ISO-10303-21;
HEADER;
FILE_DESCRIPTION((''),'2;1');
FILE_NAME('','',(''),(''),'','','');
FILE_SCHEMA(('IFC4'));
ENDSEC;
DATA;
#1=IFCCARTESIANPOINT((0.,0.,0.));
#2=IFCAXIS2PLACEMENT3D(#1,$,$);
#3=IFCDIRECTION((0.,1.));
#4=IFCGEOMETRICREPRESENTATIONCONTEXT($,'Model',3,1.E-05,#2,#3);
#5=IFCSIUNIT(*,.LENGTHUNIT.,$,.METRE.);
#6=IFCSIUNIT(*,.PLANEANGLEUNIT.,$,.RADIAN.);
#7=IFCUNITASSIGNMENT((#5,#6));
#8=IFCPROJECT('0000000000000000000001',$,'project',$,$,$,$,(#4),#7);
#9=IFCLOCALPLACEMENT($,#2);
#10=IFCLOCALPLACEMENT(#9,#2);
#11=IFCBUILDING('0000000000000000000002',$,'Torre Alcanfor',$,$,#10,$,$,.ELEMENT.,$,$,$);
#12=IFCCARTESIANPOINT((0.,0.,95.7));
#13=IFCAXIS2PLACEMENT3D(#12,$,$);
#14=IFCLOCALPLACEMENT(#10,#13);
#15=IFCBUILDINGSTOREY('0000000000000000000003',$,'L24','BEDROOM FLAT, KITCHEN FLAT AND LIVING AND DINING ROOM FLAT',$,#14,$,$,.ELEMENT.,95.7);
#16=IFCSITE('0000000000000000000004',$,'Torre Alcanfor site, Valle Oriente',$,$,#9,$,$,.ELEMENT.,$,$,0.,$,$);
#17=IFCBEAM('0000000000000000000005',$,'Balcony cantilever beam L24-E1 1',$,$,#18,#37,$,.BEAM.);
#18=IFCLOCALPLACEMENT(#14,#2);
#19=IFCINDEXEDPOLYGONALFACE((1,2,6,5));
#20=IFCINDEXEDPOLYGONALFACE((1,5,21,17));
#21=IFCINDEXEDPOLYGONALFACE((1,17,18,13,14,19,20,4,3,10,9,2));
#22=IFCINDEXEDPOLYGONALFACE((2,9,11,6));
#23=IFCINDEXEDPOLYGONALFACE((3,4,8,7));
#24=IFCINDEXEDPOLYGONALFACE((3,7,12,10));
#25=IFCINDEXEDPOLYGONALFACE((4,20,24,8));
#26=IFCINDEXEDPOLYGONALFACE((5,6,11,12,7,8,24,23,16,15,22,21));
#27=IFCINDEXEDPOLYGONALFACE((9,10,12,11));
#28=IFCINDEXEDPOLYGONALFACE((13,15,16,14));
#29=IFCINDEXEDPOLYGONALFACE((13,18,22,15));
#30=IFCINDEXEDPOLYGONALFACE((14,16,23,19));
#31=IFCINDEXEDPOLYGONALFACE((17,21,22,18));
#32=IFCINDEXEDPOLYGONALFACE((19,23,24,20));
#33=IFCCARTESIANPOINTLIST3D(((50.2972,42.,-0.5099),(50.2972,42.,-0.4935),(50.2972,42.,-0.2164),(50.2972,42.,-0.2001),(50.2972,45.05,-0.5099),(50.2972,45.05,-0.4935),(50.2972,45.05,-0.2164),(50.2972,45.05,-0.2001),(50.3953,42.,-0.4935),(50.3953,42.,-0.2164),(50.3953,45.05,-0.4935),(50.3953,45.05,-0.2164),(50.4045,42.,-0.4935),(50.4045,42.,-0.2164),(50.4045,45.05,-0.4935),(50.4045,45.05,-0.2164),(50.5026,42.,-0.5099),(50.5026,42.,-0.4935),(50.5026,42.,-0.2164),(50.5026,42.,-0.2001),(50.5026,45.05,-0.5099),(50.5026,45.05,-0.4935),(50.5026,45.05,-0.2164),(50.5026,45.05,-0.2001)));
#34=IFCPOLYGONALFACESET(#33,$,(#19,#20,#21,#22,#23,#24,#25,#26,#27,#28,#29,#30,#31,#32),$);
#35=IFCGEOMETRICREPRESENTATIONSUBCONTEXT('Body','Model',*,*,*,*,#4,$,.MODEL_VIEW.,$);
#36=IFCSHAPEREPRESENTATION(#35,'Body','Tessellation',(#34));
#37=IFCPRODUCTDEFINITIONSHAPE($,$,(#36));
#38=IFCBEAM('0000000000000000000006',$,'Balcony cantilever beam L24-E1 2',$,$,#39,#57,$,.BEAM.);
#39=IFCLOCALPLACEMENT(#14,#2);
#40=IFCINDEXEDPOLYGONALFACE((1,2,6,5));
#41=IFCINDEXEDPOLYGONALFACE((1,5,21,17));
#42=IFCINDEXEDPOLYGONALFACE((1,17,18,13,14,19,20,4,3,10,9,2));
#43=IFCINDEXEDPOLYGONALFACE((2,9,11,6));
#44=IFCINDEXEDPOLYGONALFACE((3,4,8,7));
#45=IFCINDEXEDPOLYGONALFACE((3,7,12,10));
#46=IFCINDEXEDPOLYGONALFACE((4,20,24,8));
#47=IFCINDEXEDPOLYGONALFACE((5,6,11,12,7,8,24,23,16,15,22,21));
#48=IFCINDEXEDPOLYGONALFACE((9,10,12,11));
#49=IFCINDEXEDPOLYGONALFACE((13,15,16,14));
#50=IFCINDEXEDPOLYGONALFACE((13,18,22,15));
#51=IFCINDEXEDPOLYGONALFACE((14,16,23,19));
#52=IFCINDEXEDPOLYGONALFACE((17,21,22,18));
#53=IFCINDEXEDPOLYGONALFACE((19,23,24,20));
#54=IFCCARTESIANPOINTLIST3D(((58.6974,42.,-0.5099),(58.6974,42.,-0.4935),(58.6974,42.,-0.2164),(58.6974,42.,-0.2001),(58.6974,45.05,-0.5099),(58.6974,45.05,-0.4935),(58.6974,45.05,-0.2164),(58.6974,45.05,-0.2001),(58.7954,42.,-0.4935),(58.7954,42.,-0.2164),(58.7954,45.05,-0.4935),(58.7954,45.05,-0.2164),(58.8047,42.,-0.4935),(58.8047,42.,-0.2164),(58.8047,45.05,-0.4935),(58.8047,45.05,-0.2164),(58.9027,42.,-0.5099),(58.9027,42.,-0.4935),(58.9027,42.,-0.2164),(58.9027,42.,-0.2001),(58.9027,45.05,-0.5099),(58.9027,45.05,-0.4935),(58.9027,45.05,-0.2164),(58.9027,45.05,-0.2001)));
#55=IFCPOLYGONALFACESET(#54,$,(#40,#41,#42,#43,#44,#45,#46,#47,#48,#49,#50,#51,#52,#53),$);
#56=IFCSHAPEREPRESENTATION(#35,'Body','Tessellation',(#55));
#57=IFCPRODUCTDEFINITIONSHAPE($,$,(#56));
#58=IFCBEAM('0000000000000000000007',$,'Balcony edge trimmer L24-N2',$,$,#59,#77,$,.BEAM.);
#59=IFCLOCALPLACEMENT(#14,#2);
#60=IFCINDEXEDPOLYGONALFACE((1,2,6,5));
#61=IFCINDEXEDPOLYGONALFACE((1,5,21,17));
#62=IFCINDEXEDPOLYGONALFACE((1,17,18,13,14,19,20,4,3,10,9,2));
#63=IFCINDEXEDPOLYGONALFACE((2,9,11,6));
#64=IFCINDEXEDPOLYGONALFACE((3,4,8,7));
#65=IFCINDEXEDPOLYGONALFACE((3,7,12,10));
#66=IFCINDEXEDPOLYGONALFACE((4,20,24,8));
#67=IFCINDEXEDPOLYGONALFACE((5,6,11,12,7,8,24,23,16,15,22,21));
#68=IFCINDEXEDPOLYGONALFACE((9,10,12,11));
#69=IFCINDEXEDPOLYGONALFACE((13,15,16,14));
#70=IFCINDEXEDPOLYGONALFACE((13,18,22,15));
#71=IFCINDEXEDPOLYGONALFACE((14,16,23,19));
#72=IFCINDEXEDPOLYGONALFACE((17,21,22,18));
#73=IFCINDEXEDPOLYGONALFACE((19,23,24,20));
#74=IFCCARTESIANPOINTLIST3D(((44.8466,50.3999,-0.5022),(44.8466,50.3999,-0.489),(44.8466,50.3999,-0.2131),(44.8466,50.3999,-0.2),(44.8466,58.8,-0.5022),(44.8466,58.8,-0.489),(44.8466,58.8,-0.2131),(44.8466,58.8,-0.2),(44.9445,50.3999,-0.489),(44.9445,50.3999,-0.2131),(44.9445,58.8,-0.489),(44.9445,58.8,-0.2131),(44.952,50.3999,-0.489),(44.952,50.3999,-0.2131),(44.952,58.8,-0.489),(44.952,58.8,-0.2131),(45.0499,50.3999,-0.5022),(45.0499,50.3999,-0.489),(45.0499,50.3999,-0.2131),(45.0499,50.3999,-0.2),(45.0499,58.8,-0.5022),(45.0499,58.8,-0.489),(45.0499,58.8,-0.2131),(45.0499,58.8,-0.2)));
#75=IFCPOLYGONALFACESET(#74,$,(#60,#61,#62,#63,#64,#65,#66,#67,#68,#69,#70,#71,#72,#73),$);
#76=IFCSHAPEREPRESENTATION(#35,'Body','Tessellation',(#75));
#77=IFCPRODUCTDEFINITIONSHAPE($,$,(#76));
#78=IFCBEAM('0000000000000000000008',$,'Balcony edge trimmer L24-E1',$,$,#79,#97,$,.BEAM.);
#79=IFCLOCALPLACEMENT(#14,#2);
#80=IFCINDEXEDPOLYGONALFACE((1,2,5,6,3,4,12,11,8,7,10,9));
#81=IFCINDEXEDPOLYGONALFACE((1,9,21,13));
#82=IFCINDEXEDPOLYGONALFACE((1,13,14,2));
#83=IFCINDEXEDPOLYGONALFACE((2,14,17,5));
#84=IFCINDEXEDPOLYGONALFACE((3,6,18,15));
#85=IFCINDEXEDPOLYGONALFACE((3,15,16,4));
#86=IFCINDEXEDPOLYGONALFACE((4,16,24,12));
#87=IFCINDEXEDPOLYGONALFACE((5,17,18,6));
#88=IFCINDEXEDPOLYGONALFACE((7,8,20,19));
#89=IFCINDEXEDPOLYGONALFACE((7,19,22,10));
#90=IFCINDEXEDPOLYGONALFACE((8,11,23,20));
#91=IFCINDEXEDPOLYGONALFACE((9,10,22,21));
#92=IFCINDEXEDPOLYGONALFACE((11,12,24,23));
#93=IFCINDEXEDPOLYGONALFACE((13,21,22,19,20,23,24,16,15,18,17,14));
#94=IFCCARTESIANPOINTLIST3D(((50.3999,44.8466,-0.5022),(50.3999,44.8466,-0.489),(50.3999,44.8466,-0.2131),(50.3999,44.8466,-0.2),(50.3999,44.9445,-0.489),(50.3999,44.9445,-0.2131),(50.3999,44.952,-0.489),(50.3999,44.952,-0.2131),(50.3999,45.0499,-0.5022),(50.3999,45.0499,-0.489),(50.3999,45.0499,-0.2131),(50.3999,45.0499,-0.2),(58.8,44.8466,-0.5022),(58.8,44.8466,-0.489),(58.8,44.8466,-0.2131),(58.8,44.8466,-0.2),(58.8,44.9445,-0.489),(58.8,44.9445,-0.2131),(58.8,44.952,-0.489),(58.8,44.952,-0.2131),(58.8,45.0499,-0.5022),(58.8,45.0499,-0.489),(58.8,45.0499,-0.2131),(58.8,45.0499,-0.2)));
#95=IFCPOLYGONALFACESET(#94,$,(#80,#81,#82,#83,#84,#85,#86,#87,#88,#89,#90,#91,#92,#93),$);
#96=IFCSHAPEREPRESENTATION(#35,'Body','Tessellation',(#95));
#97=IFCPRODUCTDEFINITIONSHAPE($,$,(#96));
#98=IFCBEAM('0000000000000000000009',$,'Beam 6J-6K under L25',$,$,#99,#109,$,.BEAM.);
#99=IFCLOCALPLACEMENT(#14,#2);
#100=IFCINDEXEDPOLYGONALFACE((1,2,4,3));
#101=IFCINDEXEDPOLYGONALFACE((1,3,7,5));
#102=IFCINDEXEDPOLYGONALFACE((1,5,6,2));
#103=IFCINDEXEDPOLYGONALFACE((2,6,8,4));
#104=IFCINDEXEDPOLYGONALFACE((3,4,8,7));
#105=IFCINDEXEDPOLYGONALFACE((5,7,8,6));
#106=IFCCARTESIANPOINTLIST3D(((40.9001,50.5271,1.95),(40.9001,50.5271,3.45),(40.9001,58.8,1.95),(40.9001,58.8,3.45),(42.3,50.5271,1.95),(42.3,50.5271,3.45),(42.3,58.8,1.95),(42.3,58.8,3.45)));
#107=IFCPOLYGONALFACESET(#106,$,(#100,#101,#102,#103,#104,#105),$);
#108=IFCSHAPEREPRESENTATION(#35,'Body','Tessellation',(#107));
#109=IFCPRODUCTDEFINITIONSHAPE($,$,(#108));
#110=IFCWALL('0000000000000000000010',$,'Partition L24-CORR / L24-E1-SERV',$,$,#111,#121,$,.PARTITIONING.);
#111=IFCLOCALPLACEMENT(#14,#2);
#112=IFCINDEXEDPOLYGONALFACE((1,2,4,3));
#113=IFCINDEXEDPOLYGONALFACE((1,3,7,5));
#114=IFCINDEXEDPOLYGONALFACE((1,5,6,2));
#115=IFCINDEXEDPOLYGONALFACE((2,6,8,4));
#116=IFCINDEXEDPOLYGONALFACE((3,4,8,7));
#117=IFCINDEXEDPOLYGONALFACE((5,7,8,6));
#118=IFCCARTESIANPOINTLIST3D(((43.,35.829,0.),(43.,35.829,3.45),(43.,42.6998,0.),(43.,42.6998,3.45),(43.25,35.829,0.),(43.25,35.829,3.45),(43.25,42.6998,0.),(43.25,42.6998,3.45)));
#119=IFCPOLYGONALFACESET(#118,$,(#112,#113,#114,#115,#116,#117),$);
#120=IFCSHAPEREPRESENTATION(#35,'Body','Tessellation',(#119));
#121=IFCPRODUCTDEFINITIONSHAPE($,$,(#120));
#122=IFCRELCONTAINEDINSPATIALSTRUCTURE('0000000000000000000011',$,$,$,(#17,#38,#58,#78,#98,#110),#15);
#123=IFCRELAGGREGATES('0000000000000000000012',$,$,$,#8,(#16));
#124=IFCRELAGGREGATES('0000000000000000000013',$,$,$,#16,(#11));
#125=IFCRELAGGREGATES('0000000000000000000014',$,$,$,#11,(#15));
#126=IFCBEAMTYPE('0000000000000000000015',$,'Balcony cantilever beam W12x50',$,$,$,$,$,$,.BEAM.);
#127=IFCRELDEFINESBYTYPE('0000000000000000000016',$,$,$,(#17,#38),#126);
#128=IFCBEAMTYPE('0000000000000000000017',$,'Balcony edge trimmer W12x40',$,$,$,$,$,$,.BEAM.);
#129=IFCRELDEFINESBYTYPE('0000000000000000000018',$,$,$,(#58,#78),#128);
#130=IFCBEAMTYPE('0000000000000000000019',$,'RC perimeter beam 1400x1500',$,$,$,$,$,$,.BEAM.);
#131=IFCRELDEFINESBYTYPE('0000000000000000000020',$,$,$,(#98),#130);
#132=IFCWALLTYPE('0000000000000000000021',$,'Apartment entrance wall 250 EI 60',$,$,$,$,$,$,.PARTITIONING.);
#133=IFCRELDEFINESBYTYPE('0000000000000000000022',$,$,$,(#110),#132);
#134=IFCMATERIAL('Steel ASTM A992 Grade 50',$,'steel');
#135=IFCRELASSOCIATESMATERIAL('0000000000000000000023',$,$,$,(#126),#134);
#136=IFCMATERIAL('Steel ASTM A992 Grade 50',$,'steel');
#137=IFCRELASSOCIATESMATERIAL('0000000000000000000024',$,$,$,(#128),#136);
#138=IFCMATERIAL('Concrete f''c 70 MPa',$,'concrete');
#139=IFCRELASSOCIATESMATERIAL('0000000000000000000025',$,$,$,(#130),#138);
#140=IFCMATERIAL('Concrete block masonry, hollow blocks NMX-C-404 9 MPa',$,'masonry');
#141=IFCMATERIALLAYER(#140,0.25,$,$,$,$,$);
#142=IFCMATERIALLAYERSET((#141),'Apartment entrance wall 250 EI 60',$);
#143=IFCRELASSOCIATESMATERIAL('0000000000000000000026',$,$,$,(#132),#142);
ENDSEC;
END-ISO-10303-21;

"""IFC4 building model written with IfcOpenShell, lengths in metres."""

from ifc_helpers import new_model, si_unit, direction, frame, frame_2d, origin, origin_2d, place, context, subcontext, project, spatial, rectangle, i_section, extrude, material, layer, layer_set, material_profile, profile_set, type_object, element, save


model = new_model("IFC4")

# Units and contexts
model_context = context("Model", 3, precision=1e-05, world=origin(), true_north=direction((0.0, 1.0)))
body_context = subcontext(model_context, "Body", "Model", "MODEL_VIEW")
ifc_project = project(units=[si_unit("LENGTHUNIT", "METRE"), si_unit("PLANEANGLEUNIT", "RADIAN")], contexts=[model_context])

# Site, building, storey
site_placement = place(None, origin())
site = spatial("IfcSite", under=ifc_project, at=site_placement, Name="Torre Alcanfor site, Valle Oriente", CompositionType="ELEMENT", RefElevation=0.0)
building_placement = place(site_placement, origin())
building = spatial("IfcBuilding", under=site, at=building_placement, Name="Torre Alcanfor", CompositionType="ELEMENT")
storey_placement = place(building_placement, frame((0.0, 0.0, 95.7)))
storey = spatial("IfcBuildingStorey", under=building, at=storey_placement, Name="L24", Description="BEDROOM FLAT, KITCHEN FLAT AND LIVING AND DINING ROOM FLAT", CompositionType="ELEMENT", Elevation=95.7)

# Beams
ifc_material_1 = material(Name="Steel ASTM A992 Grade 50", Category="steel")
ifc_material_profile_1 = material_profile(ifc_material_1, i_section(OverallWidth=0.2053, OverallDepth=0.3098, WebThickness=0.0093, FlangeThickness=0.0164, at=origin_2d()), Name="W12x50")
ifc_profile_set_1 = profile_set([ifc_material_profile_1], Name="Steel ASTM A992 Grade 50")
beam_type_1 = type_object("IfcBeamType", Name="Balcony cantilever beam W12x50", PredefinedType="BEAM", material=ifc_profile_set_1)
for number, where, z_axis, x_axis, name in (
    (1, (50.3999, 42.0, -0.355), (0.0, 1.0, 0.0), (-1.0, 0.0, 0.0), "Balcony cantilever beam L24-E1 1"),
    (2, (58.8, 42.0, -0.355), (0.0, 1.0, 0.0), (-1.0, 0.0, 0.0), "Balcony cantilever beam L24-E1 2"),
):
    element("IfcBeam", number, at=place(storey_placement, frame(where, z_axis=z_axis, x_axis=x_axis)), inside=storey, type_object=beam_type_1, Name=name, PredefinedType="BEAM", context=body_context, shape_type="SweptSolid", body=[
        extrude(i_section(OverallWidth=0.2053, OverallDepth=0.3098, WebThickness=0.0093, FlangeThickness=0.0164, at=origin_2d()), origin(), (0.0, 0.0, 1.0), 3.05),
    ])
ifc_material_2 = material(Name="Steel ASTM A992 Grade 50", Category="steel")
ifc_material_profile_2 = material_profile(ifc_material_2, i_section(OverallWidth=0.2034, OverallDepth=0.3022, WebThickness=0.0076, FlangeThickness=0.0132, at=origin_2d()), Name="W12x40")
ifc_profile_set_2 = profile_set([ifc_material_profile_2], Name="Steel ASTM A992 Grade 50")
beam_type_2 = type_object("IfcBeamType", Name="Balcony edge trimmer W12x40", PredefinedType="BEAM", material=ifc_profile_set_2)
for number, where, z_axis, x_axis, name in (
    (3, (44.9482, 50.3999, -0.3511), (0.0, 1.0, 0.0), (-1.0, 0.0, 0.0), "Balcony edge trimmer L24-N2"),
    (4, (50.3999, 44.9482, -0.3511), (1.0, 0.0, 0.0), (0.0, 1.0, 0.0), "Balcony edge trimmer L24-E1"),
):
    element("IfcBeam", number, at=place(storey_placement, frame(where, z_axis=z_axis, x_axis=x_axis)), inside=storey, type_object=beam_type_2, Name=name, PredefinedType="BEAM", context=body_context, shape_type="SweptSolid", body=[
        extrude(i_section(OverallWidth=0.2034, OverallDepth=0.3022, WebThickness=0.0076, FlangeThickness=0.0132, at=origin_2d()), origin(), (0.0, 0.0, 1.0), 8.4001),
    ])
ifc_material_3 = material(Name="Concrete f'c 70 MPa", Category="concrete")
ifc_material_profile_3 = material_profile(ifc_material_3, rectangle(XDim=1.3999, YDim=1.5, at=origin_2d()), Name="1400x1500")
ifc_profile_set_3 = profile_set([ifc_material_profile_3], Name="Concrete f'c 70 MPa")
beam_type_3 = type_object("IfcBeamType", Name="RC perimeter beam 1400x1500", PredefinedType="BEAM", material=ifc_profile_set_3)
beam_placement = place(storey_placement, frame((41.6001, 50.5271, 2.7), z_axis=(0.0, 1.0, 0.0), x_axis=(-1.0, 0.0, 0.0)))
element("IfcBeam", 5, at=beam_placement, inside=storey, type_object=beam_type_3, Name="Beam 6J-6K under L25", PredefinedType="BEAM", context=body_context, shape_type="SweptSolid", body=[
    extrude(rectangle(XDim=1.3999, YDim=1.5, at=origin_2d()), origin(), (0.0, 0.0, 1.0), 8.2729),
])

# Wall
ifc_material_4 = material(Name="Concrete block masonry, hollow blocks NMX-C-404 9 MPa", Category="masonry")
ifc_layer_1 = layer(ifc_material_4, 0.25)
ifc_layer_set_1 = layer_set([ifc_layer_1], Name="Apartment entrance wall 250 EI 60")
wall_type_1 = type_object("IfcWallType", Name="Apartment entrance wall 250 EI 60", PredefinedType="PARTITIONING", material=ifc_layer_set_1)
wall_1_placement = place(storey_placement, frame((43.125, 42.7, 0.0), z_axis=(0.0, 0.0, 1.0), x_axis=(0.0, -1.0, 0.0)))
element("IfcWall", 6, at=wall_1_placement, inside=storey, type_object=wall_type_1, Name="Partition L24-CORR / L24-E1-SERV", PredefinedType="PARTITIONING", context=body_context, shape_type="SweptSolid", body=[
    extrude(rectangle(XDim=6.8708, YDim=0.25, at=frame_2d((3.4355, 0.0))), origin(), (0.0, 0.0, 1.0), 3.45),
])

save(model, "model.ifc")
